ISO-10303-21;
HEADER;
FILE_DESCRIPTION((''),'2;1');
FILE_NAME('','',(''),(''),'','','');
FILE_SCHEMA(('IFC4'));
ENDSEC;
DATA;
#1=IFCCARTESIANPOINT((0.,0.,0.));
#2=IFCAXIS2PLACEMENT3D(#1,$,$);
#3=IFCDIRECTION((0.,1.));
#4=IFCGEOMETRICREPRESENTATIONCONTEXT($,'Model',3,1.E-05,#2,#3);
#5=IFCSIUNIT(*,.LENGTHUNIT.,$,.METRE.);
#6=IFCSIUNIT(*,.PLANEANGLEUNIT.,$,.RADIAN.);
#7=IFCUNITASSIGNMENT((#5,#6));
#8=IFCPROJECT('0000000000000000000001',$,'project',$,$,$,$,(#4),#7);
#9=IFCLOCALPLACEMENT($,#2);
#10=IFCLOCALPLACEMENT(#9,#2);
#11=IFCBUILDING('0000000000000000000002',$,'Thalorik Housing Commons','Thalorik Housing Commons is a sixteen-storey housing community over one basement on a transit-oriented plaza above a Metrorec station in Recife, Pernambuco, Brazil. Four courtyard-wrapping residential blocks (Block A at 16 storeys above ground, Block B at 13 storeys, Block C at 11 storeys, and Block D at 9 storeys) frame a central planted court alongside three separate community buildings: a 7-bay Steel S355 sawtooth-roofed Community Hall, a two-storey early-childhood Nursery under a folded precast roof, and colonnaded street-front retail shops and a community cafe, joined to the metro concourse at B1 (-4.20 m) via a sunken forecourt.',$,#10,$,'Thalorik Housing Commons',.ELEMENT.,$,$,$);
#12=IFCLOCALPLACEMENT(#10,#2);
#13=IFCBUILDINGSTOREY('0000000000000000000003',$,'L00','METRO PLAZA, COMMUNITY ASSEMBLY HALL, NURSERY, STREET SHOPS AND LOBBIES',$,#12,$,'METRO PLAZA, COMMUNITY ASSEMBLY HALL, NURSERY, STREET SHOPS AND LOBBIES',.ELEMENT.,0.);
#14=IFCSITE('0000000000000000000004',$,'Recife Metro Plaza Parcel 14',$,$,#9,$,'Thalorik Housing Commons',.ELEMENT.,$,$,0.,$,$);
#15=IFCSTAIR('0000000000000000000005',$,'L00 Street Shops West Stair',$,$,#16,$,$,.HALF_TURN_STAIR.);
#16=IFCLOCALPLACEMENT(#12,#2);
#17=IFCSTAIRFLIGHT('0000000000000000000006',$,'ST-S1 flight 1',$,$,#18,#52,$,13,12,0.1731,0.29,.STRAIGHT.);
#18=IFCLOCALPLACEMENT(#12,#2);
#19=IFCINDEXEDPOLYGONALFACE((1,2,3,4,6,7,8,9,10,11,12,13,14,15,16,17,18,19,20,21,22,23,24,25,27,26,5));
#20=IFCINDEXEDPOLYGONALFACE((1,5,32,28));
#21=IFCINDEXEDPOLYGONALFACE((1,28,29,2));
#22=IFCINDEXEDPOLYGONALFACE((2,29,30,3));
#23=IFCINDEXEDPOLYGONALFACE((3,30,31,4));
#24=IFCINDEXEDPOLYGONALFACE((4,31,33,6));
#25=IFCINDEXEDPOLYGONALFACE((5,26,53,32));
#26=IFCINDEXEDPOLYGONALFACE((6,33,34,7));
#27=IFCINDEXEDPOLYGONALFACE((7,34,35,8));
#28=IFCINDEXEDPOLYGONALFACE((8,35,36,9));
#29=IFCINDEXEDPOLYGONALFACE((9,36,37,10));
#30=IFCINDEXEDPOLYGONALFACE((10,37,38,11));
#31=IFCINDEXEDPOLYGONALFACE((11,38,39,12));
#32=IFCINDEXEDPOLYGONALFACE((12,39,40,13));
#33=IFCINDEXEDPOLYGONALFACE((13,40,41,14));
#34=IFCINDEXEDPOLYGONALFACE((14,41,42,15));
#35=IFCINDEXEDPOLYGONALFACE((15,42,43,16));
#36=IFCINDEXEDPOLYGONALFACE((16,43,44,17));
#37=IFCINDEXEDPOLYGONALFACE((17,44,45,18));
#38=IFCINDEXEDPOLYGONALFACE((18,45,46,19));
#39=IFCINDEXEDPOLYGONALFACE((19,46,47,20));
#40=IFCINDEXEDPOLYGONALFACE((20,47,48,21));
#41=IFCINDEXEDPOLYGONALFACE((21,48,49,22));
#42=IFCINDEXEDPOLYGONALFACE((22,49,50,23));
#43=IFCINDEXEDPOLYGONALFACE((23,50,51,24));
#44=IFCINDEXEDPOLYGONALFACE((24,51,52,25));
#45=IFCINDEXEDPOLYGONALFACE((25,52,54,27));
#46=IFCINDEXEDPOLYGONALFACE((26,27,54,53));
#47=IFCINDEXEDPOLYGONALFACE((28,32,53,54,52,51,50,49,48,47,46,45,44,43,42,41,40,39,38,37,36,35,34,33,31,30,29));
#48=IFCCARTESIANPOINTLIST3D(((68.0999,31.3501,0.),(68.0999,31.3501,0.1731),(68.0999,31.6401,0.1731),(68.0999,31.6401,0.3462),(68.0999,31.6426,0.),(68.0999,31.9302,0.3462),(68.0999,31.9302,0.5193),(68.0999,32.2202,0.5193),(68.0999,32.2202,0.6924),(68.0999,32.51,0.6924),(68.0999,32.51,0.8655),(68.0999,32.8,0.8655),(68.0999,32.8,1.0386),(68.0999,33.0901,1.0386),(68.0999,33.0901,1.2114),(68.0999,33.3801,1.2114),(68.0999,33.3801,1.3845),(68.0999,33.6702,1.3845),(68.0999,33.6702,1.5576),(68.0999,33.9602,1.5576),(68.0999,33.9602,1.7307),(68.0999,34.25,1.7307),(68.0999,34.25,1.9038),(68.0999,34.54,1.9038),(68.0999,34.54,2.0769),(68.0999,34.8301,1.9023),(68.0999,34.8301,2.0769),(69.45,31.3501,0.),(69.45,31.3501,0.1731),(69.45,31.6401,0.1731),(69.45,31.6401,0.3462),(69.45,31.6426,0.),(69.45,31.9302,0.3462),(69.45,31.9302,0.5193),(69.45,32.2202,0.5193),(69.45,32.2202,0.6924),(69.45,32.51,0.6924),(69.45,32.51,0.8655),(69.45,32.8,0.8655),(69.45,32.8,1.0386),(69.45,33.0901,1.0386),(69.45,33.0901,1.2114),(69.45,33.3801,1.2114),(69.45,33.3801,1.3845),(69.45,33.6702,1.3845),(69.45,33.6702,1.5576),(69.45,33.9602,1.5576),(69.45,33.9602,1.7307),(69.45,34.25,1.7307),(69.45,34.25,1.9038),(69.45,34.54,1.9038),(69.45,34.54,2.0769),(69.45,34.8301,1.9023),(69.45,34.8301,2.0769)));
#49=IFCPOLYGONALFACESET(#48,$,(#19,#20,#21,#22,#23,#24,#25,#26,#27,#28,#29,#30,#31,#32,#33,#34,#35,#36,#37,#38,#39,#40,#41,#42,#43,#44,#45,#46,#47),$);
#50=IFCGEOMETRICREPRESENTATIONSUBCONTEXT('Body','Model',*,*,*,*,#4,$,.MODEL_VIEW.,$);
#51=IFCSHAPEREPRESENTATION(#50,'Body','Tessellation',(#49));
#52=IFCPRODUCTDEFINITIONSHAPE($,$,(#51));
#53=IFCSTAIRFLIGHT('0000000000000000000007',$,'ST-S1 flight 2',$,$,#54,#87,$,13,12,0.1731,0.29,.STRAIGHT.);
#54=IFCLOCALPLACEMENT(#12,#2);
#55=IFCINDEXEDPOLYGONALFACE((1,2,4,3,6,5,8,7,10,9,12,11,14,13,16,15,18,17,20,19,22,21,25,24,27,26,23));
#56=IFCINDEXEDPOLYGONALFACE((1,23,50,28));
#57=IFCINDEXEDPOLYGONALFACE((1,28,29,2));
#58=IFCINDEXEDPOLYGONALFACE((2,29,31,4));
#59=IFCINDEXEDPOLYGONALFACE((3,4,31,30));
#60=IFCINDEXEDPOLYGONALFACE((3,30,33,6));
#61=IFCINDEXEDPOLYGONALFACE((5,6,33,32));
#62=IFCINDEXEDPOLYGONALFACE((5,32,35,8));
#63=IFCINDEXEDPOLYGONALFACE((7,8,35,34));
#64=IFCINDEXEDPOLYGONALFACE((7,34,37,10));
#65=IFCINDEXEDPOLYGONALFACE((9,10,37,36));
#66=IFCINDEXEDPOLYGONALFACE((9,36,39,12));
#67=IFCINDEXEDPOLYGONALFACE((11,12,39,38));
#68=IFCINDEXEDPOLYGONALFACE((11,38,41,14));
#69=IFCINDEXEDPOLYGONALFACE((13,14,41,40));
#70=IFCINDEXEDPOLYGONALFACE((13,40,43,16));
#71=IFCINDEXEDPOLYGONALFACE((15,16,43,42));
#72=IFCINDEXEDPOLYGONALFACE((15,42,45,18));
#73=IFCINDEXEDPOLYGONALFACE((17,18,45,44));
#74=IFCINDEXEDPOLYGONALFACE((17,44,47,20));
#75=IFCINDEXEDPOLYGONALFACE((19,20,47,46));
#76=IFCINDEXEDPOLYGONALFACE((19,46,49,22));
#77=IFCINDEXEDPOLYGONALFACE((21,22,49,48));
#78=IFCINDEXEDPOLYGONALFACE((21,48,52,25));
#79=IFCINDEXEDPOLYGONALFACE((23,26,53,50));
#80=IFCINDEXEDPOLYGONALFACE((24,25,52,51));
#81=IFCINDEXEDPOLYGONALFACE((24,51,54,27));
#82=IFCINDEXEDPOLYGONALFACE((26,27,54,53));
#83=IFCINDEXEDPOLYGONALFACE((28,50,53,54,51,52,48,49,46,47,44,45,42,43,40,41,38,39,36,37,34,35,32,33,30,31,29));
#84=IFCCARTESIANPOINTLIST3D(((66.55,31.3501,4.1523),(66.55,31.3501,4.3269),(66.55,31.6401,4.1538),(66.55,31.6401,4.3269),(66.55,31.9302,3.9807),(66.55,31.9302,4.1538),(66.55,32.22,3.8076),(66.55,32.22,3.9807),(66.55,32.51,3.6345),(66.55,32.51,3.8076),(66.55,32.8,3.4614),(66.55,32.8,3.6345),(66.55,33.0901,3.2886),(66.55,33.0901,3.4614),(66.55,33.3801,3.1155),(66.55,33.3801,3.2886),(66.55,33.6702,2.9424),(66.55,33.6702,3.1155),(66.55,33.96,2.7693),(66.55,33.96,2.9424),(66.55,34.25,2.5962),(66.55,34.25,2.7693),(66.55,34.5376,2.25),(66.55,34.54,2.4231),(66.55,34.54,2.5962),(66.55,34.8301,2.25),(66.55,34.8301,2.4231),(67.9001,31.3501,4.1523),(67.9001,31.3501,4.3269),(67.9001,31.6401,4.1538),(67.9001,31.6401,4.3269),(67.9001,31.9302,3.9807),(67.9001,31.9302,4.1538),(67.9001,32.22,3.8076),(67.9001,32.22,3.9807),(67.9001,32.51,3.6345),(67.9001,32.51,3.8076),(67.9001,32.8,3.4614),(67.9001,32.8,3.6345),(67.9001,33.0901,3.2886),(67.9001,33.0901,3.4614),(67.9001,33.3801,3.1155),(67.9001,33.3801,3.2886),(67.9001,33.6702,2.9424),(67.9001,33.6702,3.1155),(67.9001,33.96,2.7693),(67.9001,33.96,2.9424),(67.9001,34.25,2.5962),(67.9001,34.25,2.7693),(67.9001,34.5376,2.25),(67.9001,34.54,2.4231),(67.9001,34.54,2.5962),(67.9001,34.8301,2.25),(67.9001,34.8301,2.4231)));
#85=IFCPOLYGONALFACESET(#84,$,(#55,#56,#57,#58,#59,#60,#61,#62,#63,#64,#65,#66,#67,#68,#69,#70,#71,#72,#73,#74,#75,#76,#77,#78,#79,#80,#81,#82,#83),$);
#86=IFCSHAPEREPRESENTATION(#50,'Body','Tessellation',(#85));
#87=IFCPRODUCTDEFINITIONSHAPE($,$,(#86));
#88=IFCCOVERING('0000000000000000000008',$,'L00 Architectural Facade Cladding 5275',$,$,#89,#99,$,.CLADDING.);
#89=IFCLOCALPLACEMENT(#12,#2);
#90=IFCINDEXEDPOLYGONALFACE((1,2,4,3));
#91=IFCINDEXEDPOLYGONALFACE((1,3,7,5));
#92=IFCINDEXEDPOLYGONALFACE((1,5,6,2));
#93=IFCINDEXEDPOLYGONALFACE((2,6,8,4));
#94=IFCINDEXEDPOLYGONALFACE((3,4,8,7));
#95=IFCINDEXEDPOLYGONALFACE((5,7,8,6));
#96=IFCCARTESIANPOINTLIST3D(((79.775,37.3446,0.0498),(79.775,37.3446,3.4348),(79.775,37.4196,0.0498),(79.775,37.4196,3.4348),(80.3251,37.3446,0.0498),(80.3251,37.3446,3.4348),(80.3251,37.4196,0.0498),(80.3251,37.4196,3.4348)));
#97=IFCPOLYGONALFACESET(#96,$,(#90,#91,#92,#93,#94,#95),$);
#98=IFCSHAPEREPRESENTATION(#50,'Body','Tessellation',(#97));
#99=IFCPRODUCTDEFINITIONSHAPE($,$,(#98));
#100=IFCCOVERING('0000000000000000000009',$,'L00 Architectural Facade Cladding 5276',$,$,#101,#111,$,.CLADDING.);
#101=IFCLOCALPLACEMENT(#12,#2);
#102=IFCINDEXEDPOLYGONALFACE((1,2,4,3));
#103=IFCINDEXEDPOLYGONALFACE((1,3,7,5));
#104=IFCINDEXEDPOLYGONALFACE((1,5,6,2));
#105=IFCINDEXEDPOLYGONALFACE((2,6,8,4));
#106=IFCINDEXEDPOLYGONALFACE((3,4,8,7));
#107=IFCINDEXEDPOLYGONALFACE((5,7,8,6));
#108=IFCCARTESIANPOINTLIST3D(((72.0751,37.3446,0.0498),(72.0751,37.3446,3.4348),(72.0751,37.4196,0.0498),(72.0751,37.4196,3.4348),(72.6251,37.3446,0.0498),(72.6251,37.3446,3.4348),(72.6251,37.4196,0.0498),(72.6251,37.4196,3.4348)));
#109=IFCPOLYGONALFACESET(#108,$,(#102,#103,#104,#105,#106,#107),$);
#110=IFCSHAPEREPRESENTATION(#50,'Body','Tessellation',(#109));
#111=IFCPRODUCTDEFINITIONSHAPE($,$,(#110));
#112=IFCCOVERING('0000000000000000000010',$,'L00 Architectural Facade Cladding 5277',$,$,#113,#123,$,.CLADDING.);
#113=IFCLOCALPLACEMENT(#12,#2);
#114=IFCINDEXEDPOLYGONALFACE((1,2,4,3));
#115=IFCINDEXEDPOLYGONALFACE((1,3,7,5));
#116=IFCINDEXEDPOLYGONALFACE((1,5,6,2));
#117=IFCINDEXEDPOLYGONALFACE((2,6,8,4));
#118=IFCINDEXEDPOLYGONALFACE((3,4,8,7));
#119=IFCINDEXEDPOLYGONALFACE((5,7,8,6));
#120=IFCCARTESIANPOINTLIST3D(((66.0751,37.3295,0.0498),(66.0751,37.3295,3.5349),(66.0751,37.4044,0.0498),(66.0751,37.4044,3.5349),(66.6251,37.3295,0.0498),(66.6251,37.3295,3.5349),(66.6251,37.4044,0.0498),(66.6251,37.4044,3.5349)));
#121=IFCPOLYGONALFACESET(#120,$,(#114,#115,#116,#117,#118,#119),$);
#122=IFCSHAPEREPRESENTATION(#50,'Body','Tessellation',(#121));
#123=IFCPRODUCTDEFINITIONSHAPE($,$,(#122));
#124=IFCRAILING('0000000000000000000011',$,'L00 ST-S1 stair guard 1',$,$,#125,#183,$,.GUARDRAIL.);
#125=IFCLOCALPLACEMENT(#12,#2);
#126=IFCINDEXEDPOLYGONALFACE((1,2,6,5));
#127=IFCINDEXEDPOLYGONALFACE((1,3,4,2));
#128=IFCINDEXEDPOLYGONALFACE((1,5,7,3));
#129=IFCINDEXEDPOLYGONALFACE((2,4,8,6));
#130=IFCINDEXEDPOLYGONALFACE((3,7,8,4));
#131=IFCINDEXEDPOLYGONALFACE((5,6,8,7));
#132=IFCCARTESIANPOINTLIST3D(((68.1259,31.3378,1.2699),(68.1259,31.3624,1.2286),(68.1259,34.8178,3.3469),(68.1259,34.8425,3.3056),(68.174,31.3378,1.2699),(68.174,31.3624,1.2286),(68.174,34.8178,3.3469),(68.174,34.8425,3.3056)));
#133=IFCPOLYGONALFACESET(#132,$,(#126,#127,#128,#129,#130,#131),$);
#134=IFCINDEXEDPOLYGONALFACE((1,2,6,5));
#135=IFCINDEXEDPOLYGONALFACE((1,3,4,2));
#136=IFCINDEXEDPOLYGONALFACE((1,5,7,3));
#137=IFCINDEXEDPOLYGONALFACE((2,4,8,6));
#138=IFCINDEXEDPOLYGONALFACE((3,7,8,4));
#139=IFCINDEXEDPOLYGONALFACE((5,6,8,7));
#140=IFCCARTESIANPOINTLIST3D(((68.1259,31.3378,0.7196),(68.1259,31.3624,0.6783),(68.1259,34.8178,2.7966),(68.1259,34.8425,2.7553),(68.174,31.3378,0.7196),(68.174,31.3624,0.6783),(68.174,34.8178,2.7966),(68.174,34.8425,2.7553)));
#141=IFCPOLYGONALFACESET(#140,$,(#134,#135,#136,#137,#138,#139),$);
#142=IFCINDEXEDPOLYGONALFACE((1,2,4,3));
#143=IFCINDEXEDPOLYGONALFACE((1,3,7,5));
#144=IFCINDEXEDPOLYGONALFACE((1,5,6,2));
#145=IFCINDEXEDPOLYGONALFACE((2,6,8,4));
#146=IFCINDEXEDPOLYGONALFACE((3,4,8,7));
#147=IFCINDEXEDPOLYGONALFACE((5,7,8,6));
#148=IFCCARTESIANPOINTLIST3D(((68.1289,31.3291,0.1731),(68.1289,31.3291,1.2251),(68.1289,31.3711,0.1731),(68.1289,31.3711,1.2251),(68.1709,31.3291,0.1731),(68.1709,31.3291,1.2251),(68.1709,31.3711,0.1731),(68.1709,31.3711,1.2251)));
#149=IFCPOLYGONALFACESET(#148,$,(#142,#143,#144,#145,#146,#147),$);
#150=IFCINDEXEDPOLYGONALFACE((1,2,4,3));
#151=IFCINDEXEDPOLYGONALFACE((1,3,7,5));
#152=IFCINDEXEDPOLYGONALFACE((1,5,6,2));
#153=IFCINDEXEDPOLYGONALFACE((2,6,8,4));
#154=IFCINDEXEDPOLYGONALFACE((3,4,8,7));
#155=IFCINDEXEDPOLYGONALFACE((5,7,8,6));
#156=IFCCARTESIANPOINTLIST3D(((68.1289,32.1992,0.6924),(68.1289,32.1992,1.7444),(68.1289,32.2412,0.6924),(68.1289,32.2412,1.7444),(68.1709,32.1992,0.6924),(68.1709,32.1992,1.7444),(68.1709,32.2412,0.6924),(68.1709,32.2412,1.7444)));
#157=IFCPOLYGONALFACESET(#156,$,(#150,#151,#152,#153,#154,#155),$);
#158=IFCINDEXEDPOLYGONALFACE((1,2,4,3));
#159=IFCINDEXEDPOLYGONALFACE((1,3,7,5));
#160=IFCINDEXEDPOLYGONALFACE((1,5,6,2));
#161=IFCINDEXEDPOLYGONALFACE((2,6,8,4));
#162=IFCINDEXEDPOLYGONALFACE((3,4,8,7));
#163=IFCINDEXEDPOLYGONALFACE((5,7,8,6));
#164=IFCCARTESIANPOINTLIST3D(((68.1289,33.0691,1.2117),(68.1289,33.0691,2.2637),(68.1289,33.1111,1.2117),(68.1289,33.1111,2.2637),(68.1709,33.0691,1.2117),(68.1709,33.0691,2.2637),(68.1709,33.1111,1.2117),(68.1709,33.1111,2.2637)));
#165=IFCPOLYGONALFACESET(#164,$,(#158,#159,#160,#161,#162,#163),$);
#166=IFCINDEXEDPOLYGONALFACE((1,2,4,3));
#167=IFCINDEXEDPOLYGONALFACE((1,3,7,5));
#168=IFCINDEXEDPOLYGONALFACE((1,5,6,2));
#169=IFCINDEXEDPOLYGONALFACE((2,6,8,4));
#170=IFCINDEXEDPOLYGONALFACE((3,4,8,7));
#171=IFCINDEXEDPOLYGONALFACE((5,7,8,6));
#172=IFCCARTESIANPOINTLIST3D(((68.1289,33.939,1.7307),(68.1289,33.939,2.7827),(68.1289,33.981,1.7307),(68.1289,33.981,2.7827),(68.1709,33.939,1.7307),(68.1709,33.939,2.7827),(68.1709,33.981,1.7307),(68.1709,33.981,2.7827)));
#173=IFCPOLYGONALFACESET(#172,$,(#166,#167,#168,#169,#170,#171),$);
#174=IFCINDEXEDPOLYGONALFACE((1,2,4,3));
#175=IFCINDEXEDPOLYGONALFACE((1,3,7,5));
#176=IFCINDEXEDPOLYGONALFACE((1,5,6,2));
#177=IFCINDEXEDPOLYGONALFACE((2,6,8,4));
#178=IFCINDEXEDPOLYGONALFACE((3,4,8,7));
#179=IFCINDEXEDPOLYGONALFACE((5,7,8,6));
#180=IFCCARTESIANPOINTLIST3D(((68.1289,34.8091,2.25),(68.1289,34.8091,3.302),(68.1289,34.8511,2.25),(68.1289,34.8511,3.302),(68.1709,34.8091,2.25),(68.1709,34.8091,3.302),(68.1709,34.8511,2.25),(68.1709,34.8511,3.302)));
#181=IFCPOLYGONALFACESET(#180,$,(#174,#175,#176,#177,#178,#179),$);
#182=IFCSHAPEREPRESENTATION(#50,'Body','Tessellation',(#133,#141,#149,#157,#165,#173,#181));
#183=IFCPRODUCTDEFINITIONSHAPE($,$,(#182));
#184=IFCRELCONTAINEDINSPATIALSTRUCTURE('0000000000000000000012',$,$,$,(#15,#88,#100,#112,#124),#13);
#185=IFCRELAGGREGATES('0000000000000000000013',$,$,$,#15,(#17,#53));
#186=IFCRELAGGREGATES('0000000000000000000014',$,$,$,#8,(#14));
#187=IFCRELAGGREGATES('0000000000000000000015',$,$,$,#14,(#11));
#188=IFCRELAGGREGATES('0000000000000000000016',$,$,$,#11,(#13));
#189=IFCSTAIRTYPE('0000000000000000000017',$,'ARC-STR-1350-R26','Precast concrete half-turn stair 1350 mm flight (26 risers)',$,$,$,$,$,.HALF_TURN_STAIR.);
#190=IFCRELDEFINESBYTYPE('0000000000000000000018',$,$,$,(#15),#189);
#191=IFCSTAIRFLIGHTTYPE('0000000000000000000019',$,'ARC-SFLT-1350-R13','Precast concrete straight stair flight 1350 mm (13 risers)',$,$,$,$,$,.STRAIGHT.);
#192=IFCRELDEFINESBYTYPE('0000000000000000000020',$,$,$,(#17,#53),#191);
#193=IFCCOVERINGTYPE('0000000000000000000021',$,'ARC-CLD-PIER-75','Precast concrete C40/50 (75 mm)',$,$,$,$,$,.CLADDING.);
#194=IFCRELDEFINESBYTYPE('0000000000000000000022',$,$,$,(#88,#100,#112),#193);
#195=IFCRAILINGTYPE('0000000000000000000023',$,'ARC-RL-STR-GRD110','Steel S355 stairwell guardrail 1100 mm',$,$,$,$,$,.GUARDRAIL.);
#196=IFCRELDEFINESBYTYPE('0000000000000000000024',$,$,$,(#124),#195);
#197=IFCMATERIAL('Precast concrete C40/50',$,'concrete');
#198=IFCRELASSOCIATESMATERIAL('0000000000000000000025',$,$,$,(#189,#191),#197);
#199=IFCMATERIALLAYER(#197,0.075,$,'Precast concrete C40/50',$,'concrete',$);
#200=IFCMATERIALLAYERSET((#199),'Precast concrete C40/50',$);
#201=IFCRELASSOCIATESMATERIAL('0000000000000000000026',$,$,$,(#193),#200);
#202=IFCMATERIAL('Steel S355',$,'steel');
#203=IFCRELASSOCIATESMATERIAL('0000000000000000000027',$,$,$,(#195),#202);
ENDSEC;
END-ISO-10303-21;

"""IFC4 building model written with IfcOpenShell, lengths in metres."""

from ifc_helpers import new_model, si_unit, direction, frame, origin, origin_2d, place, context, subcontext, project, spatial, polyline, rectangle, outline, extrude, material, layer, layer_set, type_object, element, aggregate, save


model = new_model("IFC4")

# Units and contexts
model_context = context("Model", 3, precision=1e-05, world=origin(), true_north=direction((0.0, 1.0)))
body_context = subcontext(model_context, "Body", "Model", "MODEL_VIEW")
ifc_project = project(units=[si_unit("LENGTHUNIT", "METRE"), si_unit("PLANEANGLEUNIT", "RADIAN")], contexts=[model_context])

# Site, building, storey
site_placement = place(None, origin())
site = spatial("IfcSite", under=ifc_project, at=site_placement, Name="Recife Metro Plaza Parcel 14", LongName="Thalorik Housing Commons", CompositionType="ELEMENT", RefElevation=0.0)
building_placement = place(site_placement, origin())
building = spatial("IfcBuilding", under=site, at=building_placement, Name="Thalorik Housing Commons", Description="Thalorik Housing Commons is a sixteen-storey housing community over one basement on a transit-oriented plaza above a Metrorec station in Recife, Pernambuco, Brazil. Four courtyard-wrapping residential blocks (Block A at 16 storeys above ground, Block B at 13 storeys, Block C at 11 storeys, and Block D at 9 storeys) frame a central planted court alongside three separate community buildings: a 7-bay Steel S355 sawtooth-roofed Community Hall, a two-storey early-childhood Nursery under a folded precast roof, and colonnaded street-front retail shops and a community cafe, joined to the metro concourse at B1 (-4.20 m) via a sunken forecourt.", LongName="Thalorik Housing Commons", CompositionType="ELEMENT")
storey_placement = place(building_placement, origin())
storey = spatial("IfcBuildingStorey", under=building, at=storey_placement, Name="L00", Description="METRO PLAZA, COMMUNITY ASSEMBLY HALL, NURSERY, STREET SHOPS AND LOBBIES", LongName="METRO PLAZA, COMMUNITY ASSEMBLY HALL, NURSERY, STREET SHOPS AND LOBBIES", CompositionType="ELEMENT", Elevation=0.0)

# Shared definitions
ifc_material_1 = material(Name="Precast concrete C40/50", Category="concrete")

# Shared definitions
ifc_material_2 = material(Name="Steel S355", Category="steel")

# Stair, stair flights
stair_type = type_object("IfcStairType", Name="ARC-STR-1350-R26", Description="Precast concrete half-turn stair 1350 mm flight (26 risers)", PredefinedType="HALF_TURN_STAIR", material=ifc_material_1)
stair_placement = place(storey_placement, origin())
stair = element("IfcStair", 1, at=stair_placement, inside=storey, type_object=stair_type, Name="L00 Street Shops West Stair", PredefinedType="HALF_TURN_STAIR")
stair_flight_type = type_object("IfcStairFlightType", Name="ARC-SFLT-1350-R13", Description="Precast concrete straight stair flight 1350 mm (13 risers)", PredefinedType="STRAIGHT", material=ifc_material_1)
stair_flight_1_placement = place(storey_placement, frame((68.7749, 31.3501, 0.0), z_axis=(0.0, 0.0, 1.0), x_axis=(0.0, 1.0, 0.0)))
stair_flight_1 = element("IfcStairFlight", 2, at=stair_flight_1_placement, type_object=stair_flight_type, Name="ST-S1 flight 1", NumberOfRisers=13, NumberOfTreads=12, PredefinedType="STRAIGHT", RiserHeight=0.1731, TreadLength=0.29, context=body_context, shape_type="SweptSolid", body=[
    extrude(outline(polyline([(0.0, 0.0), (0.0, 0.1731), (0.29, 0.1731), (0.29, 0.3462), (0.5801, 0.3462), (0.5801, 0.5193), (0.8701, 0.5193), (0.8701, 0.6924), (1.1599, 0.6924), (1.1599, 0.8655), (1.45, 0.8655), (1.45, 1.0386), (1.74, 1.0386), (1.74, 1.2114), (2.03, 1.2114), (2.03, 1.3845), (2.3201, 1.3845), (2.3201, 1.5576), (2.6101, 1.5576), (2.6101, 1.7307), (2.8999, 1.7307), (2.8999, 1.9038), (3.1899, 1.9038), (3.1899, 2.0769), (3.48, 2.0769), (3.48, 2.25), (3.48, 1.9023), (0.2925, 0.0), (0.0, 0.0)])), frame((0.0, 0.675, 0.0), z_axis=(0.0, -1.0, 0.0), x_axis=(1.0, 0.0, 0.0)), (0.0, 0.0, 1.0), 1.3501),
])
stair_flight_2_placement = place(storey_placement, frame((67.2251, 34.8301, 2.25), z_axis=(0.0, 0.0, 1.0), x_axis=(0.0, -1.0, 0.0)))
stair_flight_2 = element("IfcStairFlight", 3, at=stair_flight_2_placement, type_object=stair_flight_type, Name="ST-S1 flight 2", NumberOfRisers=13, NumberOfTreads=12, PredefinedType="STRAIGHT", RiserHeight=0.1731, TreadLength=0.29, context=body_context, shape_type="SweptSolid", body=[
    extrude(outline(polyline([(0.0, 0.0), (0.0, 0.1731), (0.29, 0.1731), (0.29, 0.3462), (0.5801, 0.3462), (0.5801, 0.5193), (0.8701, 0.5193), (0.8701, 0.6924), (1.1599, 0.6924), (1.1599, 0.8655), (1.45, 0.8655), (1.45, 1.0386), (1.74, 1.0386), (1.74, 1.2114), (2.03, 1.2114), (2.03, 1.3845), (2.3201, 1.3845), (2.3201, 1.5576), (2.6101, 1.5576), (2.6101, 1.7307), (2.8999, 1.7307), (2.8999, 1.9038), (3.1899, 1.9038), (3.1899, 2.0769), (3.48, 2.0769), (3.48, 2.25), (3.48, 1.9023), (0.2925, 0.0), (0.0, 0.0)])), frame((0.0, 0.675, 0.0), z_axis=(0.0, -1.0, 0.0), x_axis=(1.0, 0.0, 0.0)), (0.0, 0.0, 1.0), 1.3501),
])
aggregate(stair, [stair_flight_1, stair_flight_2])

# Coverings
ifc_layer_1 = layer(ifc_material_1, 0.075, Name="Precast concrete C40/50", Category="concrete")
ifc_layer_set_1 = layer_set([ifc_layer_1], Name="Precast concrete C40/50")
covering_type = type_object("IfcCoveringType", Name="ARC-CLD-PIER-75", Description="Precast concrete C40/50 (75 mm)", PredefinedType="CLADDING", material=ifc_layer_set_1)
for number, where, z_axis, x_axis, name in (
    (4, (80.05, 37.3821, 0.0498), (0.0, 0.0, 1.0), (-1.0, 0.0, 0.0), "L00 Architectural Facade Cladding 5275"),
    (5, (72.3501, 37.3821, 0.0498), (0.0, 0.0, 1.0), (-1.0, 0.0, 0.0), "L00 Architectural Facade Cladding 5276"),
):
    element("IfcCovering", number, at=place(storey_placement, frame(where, z_axis=z_axis, x_axis=x_axis)), inside=storey, type_object=covering_type, Name=name, PredefinedType="CLADDING", context=body_context, shape_type="SweptSolid", body=[
        extrude(rectangle(XDim=0.55, YDim=0.075, at=origin_2d()), origin(), (0.0, 0.0, 1.0), 3.385),
    ])
covering_placement = place(storey_placement, frame((66.3501, 37.3669, 0.0498), z_axis=(0.0, 0.0, 1.0), x_axis=(-1.0, 0.0, 0.0)))
element("IfcCovering", 6, at=covering_placement, inside=storey, type_object=covering_type, Name="L00 Architectural Facade Cladding 5277", PredefinedType="CLADDING", context=body_context, shape_type="SweptSolid", body=[
    extrude(rectangle(XDim=0.55, YDim=0.075, at=origin_2d()), origin(), (0.0, 0.0, 1.0), 3.4851),
])

# Railing
railing_type_1 = type_object("IfcRailingType", Name="ARC-RL-STR-GRD110", Description="Steel S355 stairwell guardrail 1100 mm", PredefinedType="GUARDRAIL", material=ifc_material_2)
railing_1_placement = place(storey_placement, frame((68.1499, 31.3501, 0.1731)))
element("IfcRailing", 7, at=railing_1_placement, inside=storey, type_object=railing_type_1, Name="L00 ST-S1 stair guard 1", PredefinedType="GUARDRAIL", context=body_context, shape_type="SweptSolid", body=[
    extrude(rectangle(XDim=0.0481, YDim=0.0481, at=origin_2d()), frame((0.0, 0.0, 1.0762), z_axis=(0.0, 0.858697, 0.512483), x_axis=(-1.0, 0.0, 0.0)), (0.0, 0.0, 1.0), 4.0527),
    extrude(rectangle(XDim=0.0481, YDim=0.0481, at=origin_2d()), frame((0.0, 0.0, 0.5259), z_axis=(0.0, 0.858697, 0.512483), x_axis=(-1.0, 0.0, 0.0)), (0.0, 0.0, 1.0), 4.0527),
    extrude(rectangle(XDim=0.042, YDim=0.042, at=origin_2d()), origin(), (0.0, 0.0, 1.0), 1.052),
    extrude(rectangle(XDim=0.042, YDim=0.042, at=origin_2d()), frame((0.0, 0.8701, 0.5193)), (0.0, 0.0, 1.0), 1.052),
    extrude(rectangle(XDim=0.042, YDim=0.042, at=origin_2d()), frame((0.0, 1.74, 1.0386)), (0.0, 0.0, 1.0), 1.052),
    extrude(rectangle(XDim=0.042, YDim=0.042, at=origin_2d()), frame((0.0, 2.6099, 1.5576)), (0.0, 0.0, 1.0), 1.052),
    extrude(rectangle(XDim=0.042, YDim=0.042, at=origin_2d()), frame((0.0, 3.48, 2.0769)), (0.0, 0.0, 1.0), 1.052),
])

save(model, "model.ifc")
